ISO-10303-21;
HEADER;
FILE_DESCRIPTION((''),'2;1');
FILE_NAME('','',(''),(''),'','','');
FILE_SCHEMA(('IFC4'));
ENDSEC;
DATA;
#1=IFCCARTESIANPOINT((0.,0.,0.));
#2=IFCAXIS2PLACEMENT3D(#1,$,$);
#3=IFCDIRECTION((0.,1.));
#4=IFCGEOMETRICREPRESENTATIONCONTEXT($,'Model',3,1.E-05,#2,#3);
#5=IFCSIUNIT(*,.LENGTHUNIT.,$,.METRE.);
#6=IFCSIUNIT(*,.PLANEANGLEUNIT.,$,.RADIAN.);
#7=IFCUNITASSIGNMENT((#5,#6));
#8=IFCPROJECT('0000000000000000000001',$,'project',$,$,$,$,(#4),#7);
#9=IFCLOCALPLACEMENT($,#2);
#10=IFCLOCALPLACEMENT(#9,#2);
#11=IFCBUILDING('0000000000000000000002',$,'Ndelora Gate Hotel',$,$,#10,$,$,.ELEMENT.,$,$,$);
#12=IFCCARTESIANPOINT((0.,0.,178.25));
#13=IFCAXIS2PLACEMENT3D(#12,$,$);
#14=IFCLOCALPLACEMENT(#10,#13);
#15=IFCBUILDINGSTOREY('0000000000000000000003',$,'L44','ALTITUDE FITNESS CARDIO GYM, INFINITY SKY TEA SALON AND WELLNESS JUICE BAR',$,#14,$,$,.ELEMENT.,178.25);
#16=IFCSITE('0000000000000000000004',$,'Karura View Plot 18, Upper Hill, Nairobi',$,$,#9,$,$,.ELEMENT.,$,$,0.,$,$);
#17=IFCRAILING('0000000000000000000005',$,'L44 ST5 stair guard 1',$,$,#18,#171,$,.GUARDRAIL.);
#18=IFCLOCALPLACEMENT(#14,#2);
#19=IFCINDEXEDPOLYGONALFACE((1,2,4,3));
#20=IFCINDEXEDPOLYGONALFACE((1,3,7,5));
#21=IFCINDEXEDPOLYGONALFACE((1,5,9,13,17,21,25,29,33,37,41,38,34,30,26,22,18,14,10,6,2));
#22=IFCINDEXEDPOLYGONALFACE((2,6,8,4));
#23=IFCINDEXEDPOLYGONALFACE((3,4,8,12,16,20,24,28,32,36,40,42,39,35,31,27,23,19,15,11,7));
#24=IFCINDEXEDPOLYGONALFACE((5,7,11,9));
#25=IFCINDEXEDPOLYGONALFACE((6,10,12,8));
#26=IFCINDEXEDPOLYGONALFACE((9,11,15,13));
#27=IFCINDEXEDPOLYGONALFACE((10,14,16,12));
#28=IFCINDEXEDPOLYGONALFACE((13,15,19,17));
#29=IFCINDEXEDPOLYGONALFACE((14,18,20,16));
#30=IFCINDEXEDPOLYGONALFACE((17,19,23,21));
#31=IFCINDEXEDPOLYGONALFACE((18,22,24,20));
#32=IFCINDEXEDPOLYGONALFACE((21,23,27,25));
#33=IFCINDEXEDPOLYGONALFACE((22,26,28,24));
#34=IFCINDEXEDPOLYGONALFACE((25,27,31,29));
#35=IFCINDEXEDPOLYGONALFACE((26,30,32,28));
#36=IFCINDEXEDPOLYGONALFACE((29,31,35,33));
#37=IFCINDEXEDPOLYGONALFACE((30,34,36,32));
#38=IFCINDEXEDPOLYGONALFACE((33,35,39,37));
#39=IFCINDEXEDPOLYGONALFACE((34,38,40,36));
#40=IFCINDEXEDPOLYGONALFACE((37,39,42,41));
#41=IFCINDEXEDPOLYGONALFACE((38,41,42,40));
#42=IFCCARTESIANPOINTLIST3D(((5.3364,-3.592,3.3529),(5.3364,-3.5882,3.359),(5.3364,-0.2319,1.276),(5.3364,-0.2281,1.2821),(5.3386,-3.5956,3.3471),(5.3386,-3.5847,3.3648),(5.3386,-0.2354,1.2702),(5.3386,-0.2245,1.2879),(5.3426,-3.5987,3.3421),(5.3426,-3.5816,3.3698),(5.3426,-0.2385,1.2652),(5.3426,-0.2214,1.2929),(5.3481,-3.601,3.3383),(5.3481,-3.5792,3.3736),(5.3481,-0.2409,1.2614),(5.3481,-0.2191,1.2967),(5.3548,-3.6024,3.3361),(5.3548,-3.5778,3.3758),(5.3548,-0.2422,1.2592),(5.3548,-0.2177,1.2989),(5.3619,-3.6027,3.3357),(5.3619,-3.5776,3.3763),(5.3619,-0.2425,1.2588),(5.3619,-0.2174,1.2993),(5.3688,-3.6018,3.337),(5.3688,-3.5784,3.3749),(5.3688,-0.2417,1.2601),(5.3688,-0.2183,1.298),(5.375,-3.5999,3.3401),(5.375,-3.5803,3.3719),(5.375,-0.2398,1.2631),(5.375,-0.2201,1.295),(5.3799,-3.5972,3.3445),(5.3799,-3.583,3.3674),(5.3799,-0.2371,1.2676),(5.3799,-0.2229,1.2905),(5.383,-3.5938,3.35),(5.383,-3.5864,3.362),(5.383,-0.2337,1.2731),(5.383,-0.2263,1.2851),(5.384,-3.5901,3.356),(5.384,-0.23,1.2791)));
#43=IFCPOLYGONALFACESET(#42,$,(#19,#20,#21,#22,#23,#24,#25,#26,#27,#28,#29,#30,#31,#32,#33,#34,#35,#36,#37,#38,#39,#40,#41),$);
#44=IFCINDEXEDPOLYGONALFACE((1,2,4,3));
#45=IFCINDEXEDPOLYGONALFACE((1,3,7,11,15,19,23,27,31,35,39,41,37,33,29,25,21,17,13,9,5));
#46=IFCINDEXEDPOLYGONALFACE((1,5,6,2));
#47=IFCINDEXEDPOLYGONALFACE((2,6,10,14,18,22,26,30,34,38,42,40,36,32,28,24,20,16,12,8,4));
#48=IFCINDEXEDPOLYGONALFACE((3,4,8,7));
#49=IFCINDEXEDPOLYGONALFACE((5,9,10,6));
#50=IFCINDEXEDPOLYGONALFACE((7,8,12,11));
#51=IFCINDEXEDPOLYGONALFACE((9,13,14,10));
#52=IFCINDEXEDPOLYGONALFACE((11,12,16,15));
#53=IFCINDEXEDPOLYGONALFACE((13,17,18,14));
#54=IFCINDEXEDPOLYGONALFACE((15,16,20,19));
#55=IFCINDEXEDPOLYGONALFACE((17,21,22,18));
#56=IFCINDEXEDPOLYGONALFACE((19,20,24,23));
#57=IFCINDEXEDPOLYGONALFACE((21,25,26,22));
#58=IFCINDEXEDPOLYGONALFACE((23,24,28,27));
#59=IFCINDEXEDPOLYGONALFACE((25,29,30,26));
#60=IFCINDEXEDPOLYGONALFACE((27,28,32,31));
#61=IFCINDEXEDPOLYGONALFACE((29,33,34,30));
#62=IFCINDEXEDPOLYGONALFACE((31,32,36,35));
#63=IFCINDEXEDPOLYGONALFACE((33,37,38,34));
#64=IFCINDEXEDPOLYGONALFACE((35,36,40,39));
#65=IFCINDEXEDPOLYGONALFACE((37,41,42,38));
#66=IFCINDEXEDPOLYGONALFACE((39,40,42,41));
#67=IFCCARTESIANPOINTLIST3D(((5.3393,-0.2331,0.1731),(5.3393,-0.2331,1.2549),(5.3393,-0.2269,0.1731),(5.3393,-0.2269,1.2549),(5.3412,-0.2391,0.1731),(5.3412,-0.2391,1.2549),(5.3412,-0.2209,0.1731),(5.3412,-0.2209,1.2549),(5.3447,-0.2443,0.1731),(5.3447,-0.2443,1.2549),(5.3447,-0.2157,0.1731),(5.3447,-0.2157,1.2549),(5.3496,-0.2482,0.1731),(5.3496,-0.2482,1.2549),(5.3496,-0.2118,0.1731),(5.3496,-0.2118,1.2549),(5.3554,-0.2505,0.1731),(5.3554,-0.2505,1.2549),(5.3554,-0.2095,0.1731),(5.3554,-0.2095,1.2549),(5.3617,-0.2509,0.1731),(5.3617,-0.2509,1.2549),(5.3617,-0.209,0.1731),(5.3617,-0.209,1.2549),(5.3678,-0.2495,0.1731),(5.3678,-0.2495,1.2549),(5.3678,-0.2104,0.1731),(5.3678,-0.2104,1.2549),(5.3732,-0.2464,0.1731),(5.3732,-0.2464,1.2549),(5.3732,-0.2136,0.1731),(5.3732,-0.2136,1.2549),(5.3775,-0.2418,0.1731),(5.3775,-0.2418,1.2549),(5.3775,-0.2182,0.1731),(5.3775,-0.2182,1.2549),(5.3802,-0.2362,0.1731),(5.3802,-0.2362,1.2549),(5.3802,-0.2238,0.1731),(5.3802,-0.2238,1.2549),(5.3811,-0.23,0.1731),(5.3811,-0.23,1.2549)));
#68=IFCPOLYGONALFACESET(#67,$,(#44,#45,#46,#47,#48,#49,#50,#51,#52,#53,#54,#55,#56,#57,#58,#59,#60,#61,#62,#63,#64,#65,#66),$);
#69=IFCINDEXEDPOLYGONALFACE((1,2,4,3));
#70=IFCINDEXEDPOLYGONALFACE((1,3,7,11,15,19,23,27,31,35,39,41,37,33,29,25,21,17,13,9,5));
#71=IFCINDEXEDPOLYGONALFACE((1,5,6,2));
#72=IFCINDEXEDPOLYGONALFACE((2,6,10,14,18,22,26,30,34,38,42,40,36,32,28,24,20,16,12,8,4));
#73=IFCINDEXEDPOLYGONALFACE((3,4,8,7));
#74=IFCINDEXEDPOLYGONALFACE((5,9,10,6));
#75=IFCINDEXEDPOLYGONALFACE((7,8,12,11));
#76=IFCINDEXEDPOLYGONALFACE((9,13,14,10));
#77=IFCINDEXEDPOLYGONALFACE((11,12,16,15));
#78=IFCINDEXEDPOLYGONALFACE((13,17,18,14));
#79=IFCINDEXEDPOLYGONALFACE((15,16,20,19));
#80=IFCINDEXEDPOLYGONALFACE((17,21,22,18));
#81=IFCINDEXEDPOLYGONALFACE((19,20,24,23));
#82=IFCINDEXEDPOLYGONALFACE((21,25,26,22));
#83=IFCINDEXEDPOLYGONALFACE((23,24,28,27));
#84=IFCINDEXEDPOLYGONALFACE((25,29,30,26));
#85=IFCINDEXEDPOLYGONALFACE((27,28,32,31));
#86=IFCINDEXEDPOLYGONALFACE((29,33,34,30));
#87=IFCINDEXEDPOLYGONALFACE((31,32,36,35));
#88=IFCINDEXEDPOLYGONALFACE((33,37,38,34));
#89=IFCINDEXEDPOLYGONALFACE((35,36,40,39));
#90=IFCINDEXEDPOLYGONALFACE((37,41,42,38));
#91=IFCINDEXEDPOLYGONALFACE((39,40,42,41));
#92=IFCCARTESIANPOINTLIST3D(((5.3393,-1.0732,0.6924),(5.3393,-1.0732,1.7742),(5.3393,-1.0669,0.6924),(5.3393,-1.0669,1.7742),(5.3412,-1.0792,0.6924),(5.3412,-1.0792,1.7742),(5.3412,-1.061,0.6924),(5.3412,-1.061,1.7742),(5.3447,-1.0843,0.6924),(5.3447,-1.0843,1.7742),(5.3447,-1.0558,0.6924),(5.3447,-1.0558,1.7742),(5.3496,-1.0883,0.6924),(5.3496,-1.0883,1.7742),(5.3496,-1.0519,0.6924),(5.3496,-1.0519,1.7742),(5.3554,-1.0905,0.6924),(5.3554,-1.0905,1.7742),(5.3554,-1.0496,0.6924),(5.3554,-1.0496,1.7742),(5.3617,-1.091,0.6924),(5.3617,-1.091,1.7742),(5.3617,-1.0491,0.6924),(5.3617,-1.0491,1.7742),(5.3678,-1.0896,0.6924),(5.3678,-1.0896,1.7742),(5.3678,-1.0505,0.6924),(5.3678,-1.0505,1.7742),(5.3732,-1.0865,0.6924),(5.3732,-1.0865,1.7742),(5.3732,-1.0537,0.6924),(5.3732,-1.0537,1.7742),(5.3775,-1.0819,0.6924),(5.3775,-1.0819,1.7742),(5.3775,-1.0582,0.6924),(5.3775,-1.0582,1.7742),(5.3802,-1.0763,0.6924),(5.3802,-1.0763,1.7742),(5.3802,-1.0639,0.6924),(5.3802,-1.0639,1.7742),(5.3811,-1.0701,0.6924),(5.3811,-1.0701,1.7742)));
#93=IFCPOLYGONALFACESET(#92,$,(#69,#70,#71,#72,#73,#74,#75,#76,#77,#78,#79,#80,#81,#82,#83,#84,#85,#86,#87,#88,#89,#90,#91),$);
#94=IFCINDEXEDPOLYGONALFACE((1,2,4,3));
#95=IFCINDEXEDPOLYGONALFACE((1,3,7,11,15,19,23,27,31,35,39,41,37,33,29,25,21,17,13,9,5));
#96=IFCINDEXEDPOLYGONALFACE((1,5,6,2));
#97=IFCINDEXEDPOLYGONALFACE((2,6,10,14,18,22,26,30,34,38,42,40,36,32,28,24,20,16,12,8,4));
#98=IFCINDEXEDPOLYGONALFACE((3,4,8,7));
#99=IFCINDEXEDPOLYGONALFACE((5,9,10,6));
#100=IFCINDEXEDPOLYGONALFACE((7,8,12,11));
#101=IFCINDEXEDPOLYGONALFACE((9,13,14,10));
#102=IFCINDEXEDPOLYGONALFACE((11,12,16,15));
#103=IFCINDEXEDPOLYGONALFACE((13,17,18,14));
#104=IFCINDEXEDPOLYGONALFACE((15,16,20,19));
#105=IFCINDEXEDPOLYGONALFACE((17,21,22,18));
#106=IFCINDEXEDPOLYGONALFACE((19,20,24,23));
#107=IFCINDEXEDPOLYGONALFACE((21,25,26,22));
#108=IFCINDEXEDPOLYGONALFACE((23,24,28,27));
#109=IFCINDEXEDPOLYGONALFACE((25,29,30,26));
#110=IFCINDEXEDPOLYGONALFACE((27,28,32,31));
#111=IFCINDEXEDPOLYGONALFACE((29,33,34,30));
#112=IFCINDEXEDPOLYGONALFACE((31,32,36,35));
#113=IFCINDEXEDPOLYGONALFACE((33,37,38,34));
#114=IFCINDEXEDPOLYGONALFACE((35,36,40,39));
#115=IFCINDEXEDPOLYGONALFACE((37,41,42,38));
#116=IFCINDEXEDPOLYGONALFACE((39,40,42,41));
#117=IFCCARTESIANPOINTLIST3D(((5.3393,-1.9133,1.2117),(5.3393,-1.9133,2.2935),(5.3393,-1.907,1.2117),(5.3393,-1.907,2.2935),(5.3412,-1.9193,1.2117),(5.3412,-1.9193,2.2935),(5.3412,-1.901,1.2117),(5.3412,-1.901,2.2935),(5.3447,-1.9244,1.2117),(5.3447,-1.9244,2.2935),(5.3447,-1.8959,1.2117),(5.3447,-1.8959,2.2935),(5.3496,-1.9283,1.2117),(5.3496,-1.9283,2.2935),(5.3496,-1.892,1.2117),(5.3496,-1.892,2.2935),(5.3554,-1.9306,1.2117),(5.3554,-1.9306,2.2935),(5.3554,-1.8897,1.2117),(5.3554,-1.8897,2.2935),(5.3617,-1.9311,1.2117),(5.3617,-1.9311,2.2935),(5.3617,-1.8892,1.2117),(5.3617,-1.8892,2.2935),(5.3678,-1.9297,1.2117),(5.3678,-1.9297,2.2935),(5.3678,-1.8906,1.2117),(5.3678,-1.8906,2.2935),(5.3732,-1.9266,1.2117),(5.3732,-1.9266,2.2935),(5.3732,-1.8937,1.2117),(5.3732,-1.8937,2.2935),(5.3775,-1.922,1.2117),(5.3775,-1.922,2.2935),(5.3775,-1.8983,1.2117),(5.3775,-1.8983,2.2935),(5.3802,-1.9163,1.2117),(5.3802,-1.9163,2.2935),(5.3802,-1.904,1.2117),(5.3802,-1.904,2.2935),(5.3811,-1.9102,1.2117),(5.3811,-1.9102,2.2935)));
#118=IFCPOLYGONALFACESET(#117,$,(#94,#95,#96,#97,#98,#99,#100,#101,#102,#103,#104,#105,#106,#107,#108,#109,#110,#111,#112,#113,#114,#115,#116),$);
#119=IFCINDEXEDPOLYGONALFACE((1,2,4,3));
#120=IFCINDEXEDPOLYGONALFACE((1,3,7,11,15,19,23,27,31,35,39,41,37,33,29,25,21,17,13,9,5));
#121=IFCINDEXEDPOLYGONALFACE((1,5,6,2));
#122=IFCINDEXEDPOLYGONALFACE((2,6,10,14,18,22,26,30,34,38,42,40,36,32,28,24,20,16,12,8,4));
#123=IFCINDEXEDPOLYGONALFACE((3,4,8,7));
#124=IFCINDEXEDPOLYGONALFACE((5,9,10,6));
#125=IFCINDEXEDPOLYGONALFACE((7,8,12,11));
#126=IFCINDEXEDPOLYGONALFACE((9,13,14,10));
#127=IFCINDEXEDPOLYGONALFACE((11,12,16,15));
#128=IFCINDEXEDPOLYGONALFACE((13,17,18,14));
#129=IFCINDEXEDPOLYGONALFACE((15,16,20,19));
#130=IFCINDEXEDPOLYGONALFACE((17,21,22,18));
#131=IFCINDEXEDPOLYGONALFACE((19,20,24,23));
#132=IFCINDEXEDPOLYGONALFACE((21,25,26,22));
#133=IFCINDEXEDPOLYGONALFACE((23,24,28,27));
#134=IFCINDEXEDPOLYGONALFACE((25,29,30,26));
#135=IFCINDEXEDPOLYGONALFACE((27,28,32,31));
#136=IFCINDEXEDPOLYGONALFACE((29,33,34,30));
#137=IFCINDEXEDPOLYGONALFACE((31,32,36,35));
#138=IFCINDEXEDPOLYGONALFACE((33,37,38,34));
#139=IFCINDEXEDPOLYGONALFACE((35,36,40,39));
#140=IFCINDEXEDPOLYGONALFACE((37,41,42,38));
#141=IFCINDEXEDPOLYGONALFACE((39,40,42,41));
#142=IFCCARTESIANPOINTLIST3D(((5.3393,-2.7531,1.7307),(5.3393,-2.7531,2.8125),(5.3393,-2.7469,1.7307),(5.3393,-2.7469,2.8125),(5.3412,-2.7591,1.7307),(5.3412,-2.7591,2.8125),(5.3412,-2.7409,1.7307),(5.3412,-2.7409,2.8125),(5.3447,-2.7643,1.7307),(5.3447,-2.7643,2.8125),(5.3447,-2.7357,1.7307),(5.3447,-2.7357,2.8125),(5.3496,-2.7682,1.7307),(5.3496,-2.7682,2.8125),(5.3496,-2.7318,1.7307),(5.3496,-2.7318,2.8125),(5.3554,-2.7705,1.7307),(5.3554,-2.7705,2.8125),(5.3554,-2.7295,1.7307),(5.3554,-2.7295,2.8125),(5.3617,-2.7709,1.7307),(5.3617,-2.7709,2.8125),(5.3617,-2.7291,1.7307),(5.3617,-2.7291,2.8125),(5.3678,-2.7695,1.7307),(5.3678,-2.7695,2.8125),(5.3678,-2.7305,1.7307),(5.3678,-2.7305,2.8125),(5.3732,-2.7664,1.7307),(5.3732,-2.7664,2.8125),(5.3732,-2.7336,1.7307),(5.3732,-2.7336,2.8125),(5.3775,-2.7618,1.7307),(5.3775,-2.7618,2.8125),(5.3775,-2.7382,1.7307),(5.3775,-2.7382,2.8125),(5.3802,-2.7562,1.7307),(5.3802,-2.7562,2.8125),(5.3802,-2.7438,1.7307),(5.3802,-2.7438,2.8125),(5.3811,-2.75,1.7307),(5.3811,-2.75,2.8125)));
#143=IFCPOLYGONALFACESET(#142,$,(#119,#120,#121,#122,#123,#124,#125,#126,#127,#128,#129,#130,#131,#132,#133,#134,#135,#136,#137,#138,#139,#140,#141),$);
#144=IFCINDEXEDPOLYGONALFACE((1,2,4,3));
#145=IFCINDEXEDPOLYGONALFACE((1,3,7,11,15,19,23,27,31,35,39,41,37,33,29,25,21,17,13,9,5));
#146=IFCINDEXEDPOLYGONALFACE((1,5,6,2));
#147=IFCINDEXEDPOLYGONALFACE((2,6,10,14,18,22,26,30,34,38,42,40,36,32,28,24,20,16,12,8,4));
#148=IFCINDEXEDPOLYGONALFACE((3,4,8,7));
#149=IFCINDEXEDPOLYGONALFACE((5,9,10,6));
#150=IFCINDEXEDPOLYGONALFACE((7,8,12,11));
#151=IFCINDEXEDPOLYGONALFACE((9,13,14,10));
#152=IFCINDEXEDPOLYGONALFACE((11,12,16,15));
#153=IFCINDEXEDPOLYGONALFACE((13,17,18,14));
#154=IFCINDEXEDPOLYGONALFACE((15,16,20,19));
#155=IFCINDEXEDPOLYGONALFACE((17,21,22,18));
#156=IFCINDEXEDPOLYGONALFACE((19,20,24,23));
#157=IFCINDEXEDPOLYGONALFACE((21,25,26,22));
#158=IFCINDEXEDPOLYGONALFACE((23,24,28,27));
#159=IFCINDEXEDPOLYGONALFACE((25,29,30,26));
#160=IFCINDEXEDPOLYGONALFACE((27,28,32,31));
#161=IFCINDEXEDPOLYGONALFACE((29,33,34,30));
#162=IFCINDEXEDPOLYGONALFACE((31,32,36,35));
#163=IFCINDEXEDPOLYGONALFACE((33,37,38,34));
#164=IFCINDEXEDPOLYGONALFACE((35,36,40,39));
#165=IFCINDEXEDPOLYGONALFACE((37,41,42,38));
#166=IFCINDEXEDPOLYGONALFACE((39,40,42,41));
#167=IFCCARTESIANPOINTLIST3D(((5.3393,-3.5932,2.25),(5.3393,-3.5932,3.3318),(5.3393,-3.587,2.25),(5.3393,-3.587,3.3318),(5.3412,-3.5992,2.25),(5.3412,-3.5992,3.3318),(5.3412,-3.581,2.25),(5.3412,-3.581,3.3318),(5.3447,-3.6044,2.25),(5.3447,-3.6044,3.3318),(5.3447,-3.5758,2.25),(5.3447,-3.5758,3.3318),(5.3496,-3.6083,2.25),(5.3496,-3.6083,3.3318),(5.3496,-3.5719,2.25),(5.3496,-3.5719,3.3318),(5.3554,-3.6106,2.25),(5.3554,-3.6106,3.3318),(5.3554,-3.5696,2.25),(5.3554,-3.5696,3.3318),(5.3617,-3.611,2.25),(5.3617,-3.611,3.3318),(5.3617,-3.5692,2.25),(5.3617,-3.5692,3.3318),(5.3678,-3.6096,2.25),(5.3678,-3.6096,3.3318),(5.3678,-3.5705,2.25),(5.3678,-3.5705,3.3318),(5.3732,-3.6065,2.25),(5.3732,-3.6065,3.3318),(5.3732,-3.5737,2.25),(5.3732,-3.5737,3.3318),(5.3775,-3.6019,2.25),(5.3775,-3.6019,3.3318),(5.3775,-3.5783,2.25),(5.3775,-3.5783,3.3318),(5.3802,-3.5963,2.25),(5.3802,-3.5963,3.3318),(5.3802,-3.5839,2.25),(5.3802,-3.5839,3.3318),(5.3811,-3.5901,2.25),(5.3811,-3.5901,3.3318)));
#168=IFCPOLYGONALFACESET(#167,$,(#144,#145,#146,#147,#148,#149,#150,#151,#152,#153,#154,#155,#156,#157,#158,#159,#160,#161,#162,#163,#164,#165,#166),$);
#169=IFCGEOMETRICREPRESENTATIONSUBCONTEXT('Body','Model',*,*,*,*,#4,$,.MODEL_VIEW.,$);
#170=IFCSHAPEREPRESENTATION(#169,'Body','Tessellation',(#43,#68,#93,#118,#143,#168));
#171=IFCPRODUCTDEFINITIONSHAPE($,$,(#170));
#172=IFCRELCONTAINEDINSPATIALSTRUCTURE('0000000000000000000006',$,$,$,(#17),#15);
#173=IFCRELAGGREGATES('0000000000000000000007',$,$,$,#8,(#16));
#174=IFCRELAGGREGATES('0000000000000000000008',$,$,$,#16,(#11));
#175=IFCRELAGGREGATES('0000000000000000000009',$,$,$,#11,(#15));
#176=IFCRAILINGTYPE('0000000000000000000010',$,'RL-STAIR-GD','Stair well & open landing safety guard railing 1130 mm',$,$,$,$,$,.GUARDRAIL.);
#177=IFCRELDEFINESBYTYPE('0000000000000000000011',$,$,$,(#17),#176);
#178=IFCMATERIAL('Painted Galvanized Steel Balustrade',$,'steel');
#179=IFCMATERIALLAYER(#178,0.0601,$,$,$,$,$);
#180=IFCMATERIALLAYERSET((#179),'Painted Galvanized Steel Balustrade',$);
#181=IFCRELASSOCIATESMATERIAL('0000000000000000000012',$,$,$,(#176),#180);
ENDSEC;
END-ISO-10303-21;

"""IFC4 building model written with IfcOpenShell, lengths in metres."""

from ifc_helpers import new_model, si_unit, direction, frame, origin, origin_2d, place, context, subcontext, project, spatial, circle, extrude, material, layer, layer_set, type_object, element, save


model = new_model("IFC4")

# Units and contexts
model_context = context("Model", 3, precision=1e-05, world=origin(), true_north=direction((0.0, 1.0)))
body_context = subcontext(model_context, "Body", "Model", "MODEL_VIEW")
ifc_project = project(units=[si_unit("LENGTHUNIT", "METRE"), si_unit("PLANEANGLEUNIT", "RADIAN")], contexts=[model_context])

# Site, building, storey
site_placement = place(None, origin())
site = spatial("IfcSite", under=ifc_project, at=site_placement, Name="Karura View Plot 18, Upper Hill, Nairobi", CompositionType="ELEMENT", RefElevation=0.0)
building_placement = place(site_placement, origin())
building = spatial("IfcBuilding", under=site, at=building_placement, Name="Ndelora Gate Hotel", CompositionType="ELEMENT")
storey_placement = place(building_placement, frame((0.0, 0.0, 178.25)))
storey = spatial("IfcBuildingStorey", under=building, at=storey_placement, Name="L44", Description="ALTITUDE FITNESS CARDIO GYM, INFINITY SKY TEA SALON AND WELLNESS JUICE BAR", CompositionType="ELEMENT", Elevation=178.25)

# Railing
ifc_material_1 = material(Name="Painted Galvanized Steel Balustrade", Category="steel")
ifc_layer_1 = layer(ifc_material_1, 0.0601)
ifc_layer_set_1 = layer_set([ifc_layer_1], Name="Painted Galvanized Steel Balustrade")
railing_type_1 = type_object("IfcRailingType", Name="RL-STAIR-GD", Description="Stair well & open landing safety guard railing 1130 mm", PredefinedType="GUARDRAIL", material=ifc_layer_set_1)
railing_1_placement = place(storey_placement, frame((5.3601, -0.23, 0.1731)))
element("IfcRailing", 1, at=railing_1_placement, inside=storey, type_object=railing_type_1, Name="L44 ST5 stair guard 1", PredefinedType="GUARDRAIL", context=body_context, shape_type="SweptSolid", body=[
    extrude(circle(Radius=0.0239, at=origin_2d()), frame((0.0, 0.0, 1.106), z_axis=(0.0, -0.850623, 0.525776), x_axis=(1.0, 0.0, 0.0)), (0.0, 0.0, 1.0), 3.9502),
    extrude(circle(Radius=0.021, at=origin_2d()), origin(), (0.0, 0.0, 1.0), 1.0818),
    extrude(circle(Radius=0.021, at=origin_2d()), frame((0.0, -0.8401, 0.5193)), (0.0, 0.0, 1.0), 1.0818),
    extrude(circle(Radius=0.021, at=origin_2d()), frame((0.0, -1.6802, 1.0386)), (0.0, 0.0, 1.0), 1.0818),
    extrude(circle(Radius=0.021, at=origin_2d()), frame((0.0, -2.52, 1.5576)), (0.0, 0.0, 1.0), 1.0818),
    extrude(circle(Radius=0.021, at=origin_2d()), frame((0.0, -3.3601, 2.0769)), (0.0, 0.0, 1.0), 1.0818),
])

save(model, "model.ifc")
